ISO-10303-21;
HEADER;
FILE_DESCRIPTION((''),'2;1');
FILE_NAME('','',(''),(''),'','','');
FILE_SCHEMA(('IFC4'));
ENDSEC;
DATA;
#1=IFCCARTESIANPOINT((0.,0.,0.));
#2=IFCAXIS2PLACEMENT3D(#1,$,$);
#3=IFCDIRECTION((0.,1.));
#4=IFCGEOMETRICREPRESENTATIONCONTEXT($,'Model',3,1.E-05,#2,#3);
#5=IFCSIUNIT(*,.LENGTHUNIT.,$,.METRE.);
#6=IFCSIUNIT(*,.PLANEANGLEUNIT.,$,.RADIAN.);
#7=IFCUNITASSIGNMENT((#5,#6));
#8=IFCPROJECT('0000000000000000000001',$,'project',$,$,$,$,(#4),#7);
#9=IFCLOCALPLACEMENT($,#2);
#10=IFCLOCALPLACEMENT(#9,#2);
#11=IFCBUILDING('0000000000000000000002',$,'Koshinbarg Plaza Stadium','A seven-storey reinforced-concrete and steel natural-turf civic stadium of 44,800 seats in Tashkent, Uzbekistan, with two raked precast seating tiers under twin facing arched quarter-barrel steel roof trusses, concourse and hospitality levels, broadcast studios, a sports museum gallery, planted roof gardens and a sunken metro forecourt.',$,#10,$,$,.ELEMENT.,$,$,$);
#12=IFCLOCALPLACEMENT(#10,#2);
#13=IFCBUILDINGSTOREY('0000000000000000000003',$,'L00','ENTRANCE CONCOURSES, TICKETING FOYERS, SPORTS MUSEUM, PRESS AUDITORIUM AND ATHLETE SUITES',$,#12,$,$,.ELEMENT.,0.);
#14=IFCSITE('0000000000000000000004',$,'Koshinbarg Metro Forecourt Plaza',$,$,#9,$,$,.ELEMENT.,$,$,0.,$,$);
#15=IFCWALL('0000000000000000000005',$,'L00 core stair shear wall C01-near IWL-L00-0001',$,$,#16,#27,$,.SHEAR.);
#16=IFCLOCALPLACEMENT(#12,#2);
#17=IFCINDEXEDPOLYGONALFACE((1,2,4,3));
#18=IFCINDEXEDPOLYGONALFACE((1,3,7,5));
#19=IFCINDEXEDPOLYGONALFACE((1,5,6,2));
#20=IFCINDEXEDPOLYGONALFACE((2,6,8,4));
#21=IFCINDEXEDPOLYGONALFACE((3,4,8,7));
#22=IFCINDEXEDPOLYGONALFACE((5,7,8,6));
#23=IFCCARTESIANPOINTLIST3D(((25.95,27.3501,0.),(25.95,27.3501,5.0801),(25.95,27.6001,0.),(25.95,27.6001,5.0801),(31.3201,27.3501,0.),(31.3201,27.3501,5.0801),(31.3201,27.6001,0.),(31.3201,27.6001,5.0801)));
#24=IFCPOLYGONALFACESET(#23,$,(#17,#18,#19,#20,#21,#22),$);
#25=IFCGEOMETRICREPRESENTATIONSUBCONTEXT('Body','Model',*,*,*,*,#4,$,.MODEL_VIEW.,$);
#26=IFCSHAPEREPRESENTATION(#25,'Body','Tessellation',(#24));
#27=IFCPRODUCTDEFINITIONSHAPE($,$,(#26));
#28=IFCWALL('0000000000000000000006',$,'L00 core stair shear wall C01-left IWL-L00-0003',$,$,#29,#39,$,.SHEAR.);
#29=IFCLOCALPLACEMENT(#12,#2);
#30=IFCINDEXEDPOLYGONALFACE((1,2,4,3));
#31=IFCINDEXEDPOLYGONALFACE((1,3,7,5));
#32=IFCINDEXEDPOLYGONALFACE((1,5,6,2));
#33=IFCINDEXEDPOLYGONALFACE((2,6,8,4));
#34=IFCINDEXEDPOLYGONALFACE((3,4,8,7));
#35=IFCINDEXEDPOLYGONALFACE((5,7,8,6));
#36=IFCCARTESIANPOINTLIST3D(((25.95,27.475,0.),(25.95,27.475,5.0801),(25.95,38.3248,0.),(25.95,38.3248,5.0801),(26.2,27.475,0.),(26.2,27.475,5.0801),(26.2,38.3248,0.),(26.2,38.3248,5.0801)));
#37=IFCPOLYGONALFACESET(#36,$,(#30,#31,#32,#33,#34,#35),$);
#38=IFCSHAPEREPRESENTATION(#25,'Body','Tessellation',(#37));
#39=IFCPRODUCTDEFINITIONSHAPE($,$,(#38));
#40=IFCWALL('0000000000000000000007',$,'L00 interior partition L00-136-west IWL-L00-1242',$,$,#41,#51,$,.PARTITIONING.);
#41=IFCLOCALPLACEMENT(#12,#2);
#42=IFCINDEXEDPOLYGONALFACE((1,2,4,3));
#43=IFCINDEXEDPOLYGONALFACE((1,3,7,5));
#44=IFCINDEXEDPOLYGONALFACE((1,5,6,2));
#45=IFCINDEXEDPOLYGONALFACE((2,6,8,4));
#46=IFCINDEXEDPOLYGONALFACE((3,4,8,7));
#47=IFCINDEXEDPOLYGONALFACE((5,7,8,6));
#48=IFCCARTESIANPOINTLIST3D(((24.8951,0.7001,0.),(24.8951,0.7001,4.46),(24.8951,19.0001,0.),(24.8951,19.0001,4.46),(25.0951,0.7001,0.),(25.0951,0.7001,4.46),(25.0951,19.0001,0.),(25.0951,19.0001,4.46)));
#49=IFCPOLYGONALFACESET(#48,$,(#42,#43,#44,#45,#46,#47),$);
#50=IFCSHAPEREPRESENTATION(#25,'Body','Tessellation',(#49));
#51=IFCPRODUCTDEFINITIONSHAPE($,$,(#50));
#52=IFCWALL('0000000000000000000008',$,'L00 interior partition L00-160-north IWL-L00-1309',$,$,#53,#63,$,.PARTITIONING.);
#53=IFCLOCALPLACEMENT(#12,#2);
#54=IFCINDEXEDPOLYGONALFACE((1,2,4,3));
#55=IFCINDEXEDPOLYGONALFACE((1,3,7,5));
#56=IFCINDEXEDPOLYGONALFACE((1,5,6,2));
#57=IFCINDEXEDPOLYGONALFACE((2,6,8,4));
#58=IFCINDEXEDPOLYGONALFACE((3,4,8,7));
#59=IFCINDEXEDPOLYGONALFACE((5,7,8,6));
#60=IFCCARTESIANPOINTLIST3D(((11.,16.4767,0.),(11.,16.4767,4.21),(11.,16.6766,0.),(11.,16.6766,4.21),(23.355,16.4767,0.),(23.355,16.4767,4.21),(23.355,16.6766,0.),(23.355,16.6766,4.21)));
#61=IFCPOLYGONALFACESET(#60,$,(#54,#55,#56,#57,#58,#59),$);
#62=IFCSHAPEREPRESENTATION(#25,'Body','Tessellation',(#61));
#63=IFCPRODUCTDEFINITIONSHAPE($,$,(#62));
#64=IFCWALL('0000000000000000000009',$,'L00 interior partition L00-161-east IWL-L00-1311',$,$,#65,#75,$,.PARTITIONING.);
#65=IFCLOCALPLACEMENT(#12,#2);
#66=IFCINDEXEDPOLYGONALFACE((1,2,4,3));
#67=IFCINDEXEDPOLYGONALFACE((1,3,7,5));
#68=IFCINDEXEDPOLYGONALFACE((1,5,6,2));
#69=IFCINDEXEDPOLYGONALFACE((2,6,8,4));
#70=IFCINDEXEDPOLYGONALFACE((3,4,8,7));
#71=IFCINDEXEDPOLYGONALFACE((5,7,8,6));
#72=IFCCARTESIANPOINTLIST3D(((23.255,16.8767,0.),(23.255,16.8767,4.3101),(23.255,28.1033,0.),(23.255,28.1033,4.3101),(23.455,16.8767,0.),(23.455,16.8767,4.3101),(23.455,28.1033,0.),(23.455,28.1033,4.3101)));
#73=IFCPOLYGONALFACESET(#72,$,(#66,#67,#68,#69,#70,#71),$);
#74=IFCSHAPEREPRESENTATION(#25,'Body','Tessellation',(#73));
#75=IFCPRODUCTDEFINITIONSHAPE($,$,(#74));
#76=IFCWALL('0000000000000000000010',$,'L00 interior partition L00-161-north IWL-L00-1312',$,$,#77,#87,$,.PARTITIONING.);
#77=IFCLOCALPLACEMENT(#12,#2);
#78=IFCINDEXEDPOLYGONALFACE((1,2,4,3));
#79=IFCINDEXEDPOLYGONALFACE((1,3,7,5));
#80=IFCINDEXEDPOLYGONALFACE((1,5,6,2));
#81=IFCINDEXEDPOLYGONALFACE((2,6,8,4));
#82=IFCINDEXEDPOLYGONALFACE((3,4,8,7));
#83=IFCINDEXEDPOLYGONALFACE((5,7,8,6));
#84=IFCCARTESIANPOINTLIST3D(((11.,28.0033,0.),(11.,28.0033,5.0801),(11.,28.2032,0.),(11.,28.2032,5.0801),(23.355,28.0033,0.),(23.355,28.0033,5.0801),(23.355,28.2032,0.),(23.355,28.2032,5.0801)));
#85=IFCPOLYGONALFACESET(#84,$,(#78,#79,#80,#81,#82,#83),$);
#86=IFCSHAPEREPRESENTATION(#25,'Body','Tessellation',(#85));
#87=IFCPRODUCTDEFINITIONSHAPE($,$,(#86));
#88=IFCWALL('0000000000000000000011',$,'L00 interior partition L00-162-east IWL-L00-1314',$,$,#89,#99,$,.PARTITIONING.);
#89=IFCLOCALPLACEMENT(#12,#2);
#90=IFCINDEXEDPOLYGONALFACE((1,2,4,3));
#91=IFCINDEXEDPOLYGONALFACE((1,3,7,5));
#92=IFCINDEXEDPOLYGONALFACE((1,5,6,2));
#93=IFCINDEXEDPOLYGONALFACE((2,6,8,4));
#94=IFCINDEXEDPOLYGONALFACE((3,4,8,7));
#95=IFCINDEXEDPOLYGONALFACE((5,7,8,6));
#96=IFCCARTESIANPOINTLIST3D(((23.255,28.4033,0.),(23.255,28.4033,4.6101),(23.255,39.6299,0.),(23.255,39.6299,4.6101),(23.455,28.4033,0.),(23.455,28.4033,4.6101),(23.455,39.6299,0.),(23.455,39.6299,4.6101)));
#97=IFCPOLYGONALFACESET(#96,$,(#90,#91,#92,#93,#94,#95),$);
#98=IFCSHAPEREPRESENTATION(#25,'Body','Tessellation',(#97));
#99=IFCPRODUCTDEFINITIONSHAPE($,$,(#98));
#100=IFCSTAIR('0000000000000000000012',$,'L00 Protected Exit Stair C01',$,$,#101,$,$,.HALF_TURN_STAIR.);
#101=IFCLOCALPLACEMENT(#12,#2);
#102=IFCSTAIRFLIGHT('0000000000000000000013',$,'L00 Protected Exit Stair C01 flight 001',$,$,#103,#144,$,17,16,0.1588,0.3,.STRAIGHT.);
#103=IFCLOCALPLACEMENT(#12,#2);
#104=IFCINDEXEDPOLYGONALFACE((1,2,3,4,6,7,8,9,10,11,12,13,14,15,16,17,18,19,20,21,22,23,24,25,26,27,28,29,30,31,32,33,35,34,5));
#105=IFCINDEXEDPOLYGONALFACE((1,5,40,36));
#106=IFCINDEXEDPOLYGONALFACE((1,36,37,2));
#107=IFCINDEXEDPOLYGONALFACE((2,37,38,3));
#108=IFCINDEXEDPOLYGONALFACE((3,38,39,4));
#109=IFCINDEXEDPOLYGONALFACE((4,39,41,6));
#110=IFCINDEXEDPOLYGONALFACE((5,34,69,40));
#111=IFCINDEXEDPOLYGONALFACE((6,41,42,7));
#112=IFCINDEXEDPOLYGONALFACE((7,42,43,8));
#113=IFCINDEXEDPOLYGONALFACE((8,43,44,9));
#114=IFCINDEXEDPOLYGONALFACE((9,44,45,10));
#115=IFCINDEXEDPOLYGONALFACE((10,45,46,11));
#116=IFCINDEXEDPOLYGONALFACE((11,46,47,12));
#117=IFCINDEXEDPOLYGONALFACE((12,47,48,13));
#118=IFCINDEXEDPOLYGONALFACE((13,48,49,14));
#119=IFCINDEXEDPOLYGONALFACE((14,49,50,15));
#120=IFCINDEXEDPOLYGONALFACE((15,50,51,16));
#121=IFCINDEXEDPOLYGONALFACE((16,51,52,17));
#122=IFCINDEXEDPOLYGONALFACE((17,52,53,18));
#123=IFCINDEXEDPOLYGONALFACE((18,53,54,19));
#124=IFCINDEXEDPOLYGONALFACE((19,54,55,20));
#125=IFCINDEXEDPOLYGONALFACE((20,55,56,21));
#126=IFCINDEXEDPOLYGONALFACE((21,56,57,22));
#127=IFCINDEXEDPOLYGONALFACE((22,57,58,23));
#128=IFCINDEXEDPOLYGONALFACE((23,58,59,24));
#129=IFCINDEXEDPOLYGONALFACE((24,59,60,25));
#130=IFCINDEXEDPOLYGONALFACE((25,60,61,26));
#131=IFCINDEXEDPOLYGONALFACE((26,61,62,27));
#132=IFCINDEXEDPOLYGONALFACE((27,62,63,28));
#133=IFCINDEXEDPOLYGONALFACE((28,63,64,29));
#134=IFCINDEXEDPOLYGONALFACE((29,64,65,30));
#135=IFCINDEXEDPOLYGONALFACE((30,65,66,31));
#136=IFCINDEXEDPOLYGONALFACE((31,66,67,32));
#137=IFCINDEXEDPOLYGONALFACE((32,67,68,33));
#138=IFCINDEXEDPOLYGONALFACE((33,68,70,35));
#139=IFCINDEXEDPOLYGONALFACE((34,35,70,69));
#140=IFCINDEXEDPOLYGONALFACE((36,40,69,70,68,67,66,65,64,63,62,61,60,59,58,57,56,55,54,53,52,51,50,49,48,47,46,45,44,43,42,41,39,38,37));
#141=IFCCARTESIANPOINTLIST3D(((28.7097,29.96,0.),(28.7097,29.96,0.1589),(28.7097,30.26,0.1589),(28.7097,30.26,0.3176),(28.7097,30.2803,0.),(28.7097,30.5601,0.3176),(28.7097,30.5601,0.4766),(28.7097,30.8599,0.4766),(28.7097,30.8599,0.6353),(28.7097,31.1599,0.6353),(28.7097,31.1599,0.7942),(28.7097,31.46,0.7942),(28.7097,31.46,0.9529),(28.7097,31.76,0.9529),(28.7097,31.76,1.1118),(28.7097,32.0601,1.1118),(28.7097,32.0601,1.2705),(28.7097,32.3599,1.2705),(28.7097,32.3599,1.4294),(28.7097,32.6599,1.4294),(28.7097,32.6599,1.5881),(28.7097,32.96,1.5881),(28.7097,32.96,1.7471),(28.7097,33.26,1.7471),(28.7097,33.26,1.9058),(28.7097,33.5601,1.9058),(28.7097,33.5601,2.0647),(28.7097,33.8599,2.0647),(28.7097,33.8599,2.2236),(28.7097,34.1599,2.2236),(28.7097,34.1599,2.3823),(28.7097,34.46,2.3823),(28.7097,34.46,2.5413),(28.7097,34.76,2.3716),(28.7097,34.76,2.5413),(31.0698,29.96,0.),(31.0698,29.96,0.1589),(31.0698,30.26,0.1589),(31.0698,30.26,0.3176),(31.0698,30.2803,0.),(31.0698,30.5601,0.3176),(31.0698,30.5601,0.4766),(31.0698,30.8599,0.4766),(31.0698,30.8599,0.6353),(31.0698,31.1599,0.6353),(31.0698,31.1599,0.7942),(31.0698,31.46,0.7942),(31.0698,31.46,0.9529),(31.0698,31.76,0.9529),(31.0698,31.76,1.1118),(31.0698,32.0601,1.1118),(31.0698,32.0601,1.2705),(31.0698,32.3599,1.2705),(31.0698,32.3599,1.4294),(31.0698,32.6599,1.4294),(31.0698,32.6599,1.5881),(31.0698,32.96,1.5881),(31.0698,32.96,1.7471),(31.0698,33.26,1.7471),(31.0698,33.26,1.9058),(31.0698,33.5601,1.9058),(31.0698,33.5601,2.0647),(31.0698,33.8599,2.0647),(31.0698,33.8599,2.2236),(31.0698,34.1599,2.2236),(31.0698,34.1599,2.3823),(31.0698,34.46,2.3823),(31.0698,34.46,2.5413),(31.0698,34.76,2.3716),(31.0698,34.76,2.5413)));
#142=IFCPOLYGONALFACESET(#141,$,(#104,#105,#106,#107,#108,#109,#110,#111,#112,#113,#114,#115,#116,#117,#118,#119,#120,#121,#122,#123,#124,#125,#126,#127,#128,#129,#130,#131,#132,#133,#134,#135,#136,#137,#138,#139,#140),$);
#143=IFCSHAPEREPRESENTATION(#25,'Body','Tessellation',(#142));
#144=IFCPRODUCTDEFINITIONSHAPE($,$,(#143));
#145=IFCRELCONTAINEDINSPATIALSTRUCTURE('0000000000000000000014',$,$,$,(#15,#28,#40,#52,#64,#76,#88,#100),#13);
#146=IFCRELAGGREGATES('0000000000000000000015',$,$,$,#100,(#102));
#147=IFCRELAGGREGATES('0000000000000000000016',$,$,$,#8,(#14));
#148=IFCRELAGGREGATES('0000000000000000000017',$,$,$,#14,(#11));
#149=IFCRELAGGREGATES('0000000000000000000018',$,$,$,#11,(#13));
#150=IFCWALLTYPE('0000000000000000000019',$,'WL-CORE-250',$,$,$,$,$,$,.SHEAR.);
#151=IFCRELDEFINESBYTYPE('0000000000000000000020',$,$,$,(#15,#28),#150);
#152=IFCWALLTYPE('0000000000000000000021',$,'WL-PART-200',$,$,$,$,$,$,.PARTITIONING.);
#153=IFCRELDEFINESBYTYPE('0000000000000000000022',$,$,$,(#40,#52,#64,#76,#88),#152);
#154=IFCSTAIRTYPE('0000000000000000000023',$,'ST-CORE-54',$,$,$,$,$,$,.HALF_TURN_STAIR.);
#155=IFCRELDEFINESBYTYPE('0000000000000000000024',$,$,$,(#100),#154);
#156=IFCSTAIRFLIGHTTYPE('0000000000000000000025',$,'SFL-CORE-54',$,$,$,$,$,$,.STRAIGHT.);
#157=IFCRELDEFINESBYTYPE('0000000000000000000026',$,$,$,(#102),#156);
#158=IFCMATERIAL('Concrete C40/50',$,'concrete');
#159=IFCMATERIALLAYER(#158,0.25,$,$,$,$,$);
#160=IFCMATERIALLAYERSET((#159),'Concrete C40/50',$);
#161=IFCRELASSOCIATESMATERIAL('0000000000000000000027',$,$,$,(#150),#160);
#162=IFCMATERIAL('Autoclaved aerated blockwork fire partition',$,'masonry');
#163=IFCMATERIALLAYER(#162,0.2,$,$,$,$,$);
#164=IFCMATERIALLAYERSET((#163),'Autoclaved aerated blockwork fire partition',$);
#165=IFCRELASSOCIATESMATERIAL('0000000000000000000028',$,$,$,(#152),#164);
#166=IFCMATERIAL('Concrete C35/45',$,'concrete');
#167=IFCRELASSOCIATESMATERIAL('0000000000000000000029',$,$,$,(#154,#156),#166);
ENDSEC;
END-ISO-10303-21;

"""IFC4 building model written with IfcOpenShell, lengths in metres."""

from ifc_helpers import new_model, si_unit, direction, frame, frame_2d, origin, place, context, subcontext, project, spatial, polyline, rectangle, outline, extrude, material, layer, layer_set, type_object, element, aggregate, save


model = new_model("IFC4")

# Units and contexts
model_context = context("Model", 3, precision=1e-05, world=origin(), true_north=direction((0.0, 1.0)))
body_context = subcontext(model_context, "Body", "Model", "MODEL_VIEW")
ifc_project = project(units=[si_unit("LENGTHUNIT", "METRE"), si_unit("PLANEANGLEUNIT", "RADIAN")], contexts=[model_context])

# Site, building, storey
site_placement = place(None, origin())
site = spatial("IfcSite", under=ifc_project, at=site_placement, Name="Koshinbarg Metro Forecourt Plaza", CompositionType="ELEMENT", RefElevation=0.0)
building_placement = place(site_placement, origin())
building = spatial("IfcBuilding", under=site, at=building_placement, Name="Koshinbarg Plaza Stadium", Description="A seven-storey reinforced-concrete and steel natural-turf civic stadium of 44,800 seats in Tashkent, Uzbekistan, with two raked precast seating tiers under twin facing arched quarter-barrel steel roof trusses, concourse and hospitality levels, broadcast studios, a sports museum gallery, planted roof gardens and a sunken metro forecourt.", CompositionType="ELEMENT")
storey_placement = place(building_placement, origin())
storey = spatial("IfcBuildingStorey", under=building, at=storey_placement, Name="L00", Description="ENTRANCE CONCOURSES, TICKETING FOYERS, SPORTS MUSEUM, PRESS AUDITORIUM AND ATHLETE SUITES", CompositionType="ELEMENT", Elevation=0.0)

# Shared definitions
ifc_material_1 = material(Name="Concrete C35/45", Category="concrete")

# Shared definitions
ifc_material_2 = material(Name="Concrete C40/50", Category="concrete")

# Walls
ifc_layer_1 = layer(ifc_material_2, 0.25)
ifc_layer_set_1 = layer_set([ifc_layer_1], Name="Concrete C40/50")
wall_type_1 = type_object("IfcWallType", Name="WL-CORE-250", PredefinedType="SHEAR", material=ifc_layer_set_1)
wall_1_placement = place(storey_placement, frame((25.95, 27.4751, 0.0), z_axis=(0.0, 0.0, 1.0), x_axis=(1.0, 0.0, 0.0)))
element("IfcWall", 1, at=wall_1_placement, inside=storey, type_object=wall_type_1, Name="L00 core stair shear wall C01-near IWL-L00-0001", PredefinedType="SHEAR", context=body_context, shape_type="SweptSolid", body=[
    extrude(rectangle(XDim=5.3701, YDim=0.25, at=frame_2d((2.6851, 0.0))), origin(), (0.0, 0.0, 1.0), 5.0801),
])
wall_2_placement = place(storey_placement, frame((26.075, 27.4751, 0.0), z_axis=(0.0, 0.0, 1.0), x_axis=(0.0, 1.0, 0.0)))
element("IfcWall", 2, at=wall_2_placement, inside=storey, type_object=wall_type_1, Name="L00 core stair shear wall C01-left IWL-L00-0003", PredefinedType="SHEAR", context=body_context, shape_type="SweptSolid", body=[
    extrude(rectangle(XDim=10.8499, YDim=0.25, at=frame_2d((5.4248, 0.0))), origin(), (0.0, 0.0, 1.0), 5.0801),
])
ifc_material_3 = material(Name="Autoclaved aerated blockwork fire partition", Category="masonry")
ifc_layer_2 = layer(ifc_material_3, 0.2)
ifc_layer_set_2 = layer_set([ifc_layer_2], Name="Autoclaved aerated blockwork fire partition")
wall_type_2 = type_object("IfcWallType", Name="WL-PART-200", PredefinedType="PARTITIONING", material=ifc_layer_set_2)
wall_3_placement = place(storey_placement, frame((24.9951, 19.0, 0.0), z_axis=(0.0, 0.0, 1.0), x_axis=(0.0, -1.0, 0.0)))
element("IfcWall", 3, at=wall_3_placement, inside=storey, type_object=wall_type_2, Name="L00 interior partition L00-136-west IWL-L00-1242", PredefinedType="PARTITIONING", context=body_context, shape_type="SweptSolid", body=[
    extrude(rectangle(XDim=18.3, YDim=0.2, at=frame_2d((9.1499, 0.0))), origin(), (0.0, 0.0, 1.0), 4.46),
])
wall_4_placement = place(storey_placement, frame((23.355, 16.5767, 0.0), z_axis=(0.0, 0.0, 1.0), x_axis=(-1.0, 0.0, 0.0)))
element("IfcWall", 4, at=wall_4_placement, inside=storey, type_object=wall_type_2, Name="L00 interior partition L00-160-north IWL-L00-1309", PredefinedType="PARTITIONING", context=body_context, shape_type="SweptSolid", body=[
    extrude(rectangle(XDim=12.355, YDim=0.2, at=frame_2d((6.1775, 0.0))), origin(), (0.0, 0.0, 1.0), 4.21),
])
wall_5_placement = place(storey_placement, frame((23.355, 16.8767, 0.0), z_axis=(0.0, 0.0, 1.0), x_axis=(0.0, 1.0, 0.0)))
element("IfcWall", 5, at=wall_5_placement, inside=storey, type_object=wall_type_2, Name="L00 interior partition L00-161-east IWL-L00-1311", PredefinedType="PARTITIONING", context=body_context, shape_type="SweptSolid", body=[
    extrude(rectangle(XDim=11.2266, YDim=0.2, at=frame_2d((5.6133, 0.0))), origin(), (0.0, 0.0, 1.0), 4.3101),
])
wall_6_placement = place(storey_placement, frame((23.355, 28.1033, 0.0), z_axis=(0.0, 0.0, 1.0), x_axis=(-1.0, 0.0, 0.0)))
element("IfcWall", 6, at=wall_6_placement, inside=storey, type_object=wall_type_2, Name="L00 interior partition L00-161-north IWL-L00-1312", PredefinedType="PARTITIONING", context=body_context, shape_type="SweptSolid", body=[
    extrude(rectangle(XDim=12.355, YDim=0.2, at=frame_2d((6.1775, 0.0))), origin(), (0.0, 0.0, 1.0), 5.0801),
])
wall_7_placement = place(storey_placement, frame((23.355, 28.4033, 0.0), z_axis=(0.0, 0.0, 1.0), x_axis=(0.0, 1.0, 0.0)))
element("IfcWall", 7, at=wall_7_placement, inside=storey, type_object=wall_type_2, Name="L00 interior partition L00-162-east IWL-L00-1314", PredefinedType="PARTITIONING", context=body_context, shape_type="SweptSolid", body=[
    extrude(rectangle(XDim=11.2266, YDim=0.2, at=frame_2d((5.6133, 0.0))), origin(), (0.0, 0.0, 1.0), 4.6101),
])

# Stair, stair flight
stair_type = type_object("IfcStairType", Name="ST-CORE-54", PredefinedType="HALF_TURN_STAIR", material=ifc_material_1)
stair_placement = place(storey_placement, origin())
stair = element("IfcStair", 8, at=stair_placement, inside=storey, type_object=stair_type, Name="L00 Protected Exit Stair C01", PredefinedType="HALF_TURN_STAIR")
stair_flight_type = type_object("IfcStairFlightType", Name="SFL-CORE-54", PredefinedType="STRAIGHT", material=ifc_material_1)
stair_flight_placement = place(storey_placement, frame((29.8899, 29.96, 0.0), z_axis=(0.0, 0.0, 1.0), x_axis=(0.0, 1.0, 0.0)))
stair_flight = element("IfcStairFlight", 9, at=stair_flight_placement, type_object=stair_flight_type, Name="L00 Protected Exit Stair C01 flight 001", NumberOfRisers=17, NumberOfTreads=16, PredefinedType="STRAIGHT", RiserHeight=0.1588, TreadLength=0.3, context=body_context, shape_type="SweptSolid", body=[
    extrude(outline(polyline([(0.0, 0.0), (0.0, 0.1589), (0.3, 0.1589), (0.3, 0.3176), (0.6001, 0.3176), (0.6001, 0.4766), (0.8999, 0.4766), (0.8999, 0.6353), (1.2, 0.6353), (1.2, 0.7942), (1.5, 0.7942), (1.5, 0.9529), (1.8, 0.9529), (1.8, 1.1118), (2.1001, 1.1118), (2.1001, 1.2705), (2.3999, 1.2705), (2.3999, 1.4294), (2.7, 1.4294), (2.7, 1.5881), (3.0, 1.5881), (3.0, 1.7471), (3.3, 1.7471), (3.3, 1.9058), (3.6001, 1.9058), (3.6001, 2.0647), (3.8999, 2.0647), (3.8999, 2.2236), (4.2, 2.2236), (4.2, 2.3823), (4.5, 2.3823), (4.5, 2.5413), (4.8, 2.5413), (4.8, 2.7), (4.8, 2.3716), (0.3203, 0.0), (0.0, 0.0)])), frame((0.0, 1.1802, 0.0), z_axis=(0.0, -1.0, 0.0), x_axis=(1.0, 0.0, 0.0)), (0.0, 0.0, 1.0), 2.3601),
])
aggregate(stair, [stair_flight])

save(model, "model.ifc")
